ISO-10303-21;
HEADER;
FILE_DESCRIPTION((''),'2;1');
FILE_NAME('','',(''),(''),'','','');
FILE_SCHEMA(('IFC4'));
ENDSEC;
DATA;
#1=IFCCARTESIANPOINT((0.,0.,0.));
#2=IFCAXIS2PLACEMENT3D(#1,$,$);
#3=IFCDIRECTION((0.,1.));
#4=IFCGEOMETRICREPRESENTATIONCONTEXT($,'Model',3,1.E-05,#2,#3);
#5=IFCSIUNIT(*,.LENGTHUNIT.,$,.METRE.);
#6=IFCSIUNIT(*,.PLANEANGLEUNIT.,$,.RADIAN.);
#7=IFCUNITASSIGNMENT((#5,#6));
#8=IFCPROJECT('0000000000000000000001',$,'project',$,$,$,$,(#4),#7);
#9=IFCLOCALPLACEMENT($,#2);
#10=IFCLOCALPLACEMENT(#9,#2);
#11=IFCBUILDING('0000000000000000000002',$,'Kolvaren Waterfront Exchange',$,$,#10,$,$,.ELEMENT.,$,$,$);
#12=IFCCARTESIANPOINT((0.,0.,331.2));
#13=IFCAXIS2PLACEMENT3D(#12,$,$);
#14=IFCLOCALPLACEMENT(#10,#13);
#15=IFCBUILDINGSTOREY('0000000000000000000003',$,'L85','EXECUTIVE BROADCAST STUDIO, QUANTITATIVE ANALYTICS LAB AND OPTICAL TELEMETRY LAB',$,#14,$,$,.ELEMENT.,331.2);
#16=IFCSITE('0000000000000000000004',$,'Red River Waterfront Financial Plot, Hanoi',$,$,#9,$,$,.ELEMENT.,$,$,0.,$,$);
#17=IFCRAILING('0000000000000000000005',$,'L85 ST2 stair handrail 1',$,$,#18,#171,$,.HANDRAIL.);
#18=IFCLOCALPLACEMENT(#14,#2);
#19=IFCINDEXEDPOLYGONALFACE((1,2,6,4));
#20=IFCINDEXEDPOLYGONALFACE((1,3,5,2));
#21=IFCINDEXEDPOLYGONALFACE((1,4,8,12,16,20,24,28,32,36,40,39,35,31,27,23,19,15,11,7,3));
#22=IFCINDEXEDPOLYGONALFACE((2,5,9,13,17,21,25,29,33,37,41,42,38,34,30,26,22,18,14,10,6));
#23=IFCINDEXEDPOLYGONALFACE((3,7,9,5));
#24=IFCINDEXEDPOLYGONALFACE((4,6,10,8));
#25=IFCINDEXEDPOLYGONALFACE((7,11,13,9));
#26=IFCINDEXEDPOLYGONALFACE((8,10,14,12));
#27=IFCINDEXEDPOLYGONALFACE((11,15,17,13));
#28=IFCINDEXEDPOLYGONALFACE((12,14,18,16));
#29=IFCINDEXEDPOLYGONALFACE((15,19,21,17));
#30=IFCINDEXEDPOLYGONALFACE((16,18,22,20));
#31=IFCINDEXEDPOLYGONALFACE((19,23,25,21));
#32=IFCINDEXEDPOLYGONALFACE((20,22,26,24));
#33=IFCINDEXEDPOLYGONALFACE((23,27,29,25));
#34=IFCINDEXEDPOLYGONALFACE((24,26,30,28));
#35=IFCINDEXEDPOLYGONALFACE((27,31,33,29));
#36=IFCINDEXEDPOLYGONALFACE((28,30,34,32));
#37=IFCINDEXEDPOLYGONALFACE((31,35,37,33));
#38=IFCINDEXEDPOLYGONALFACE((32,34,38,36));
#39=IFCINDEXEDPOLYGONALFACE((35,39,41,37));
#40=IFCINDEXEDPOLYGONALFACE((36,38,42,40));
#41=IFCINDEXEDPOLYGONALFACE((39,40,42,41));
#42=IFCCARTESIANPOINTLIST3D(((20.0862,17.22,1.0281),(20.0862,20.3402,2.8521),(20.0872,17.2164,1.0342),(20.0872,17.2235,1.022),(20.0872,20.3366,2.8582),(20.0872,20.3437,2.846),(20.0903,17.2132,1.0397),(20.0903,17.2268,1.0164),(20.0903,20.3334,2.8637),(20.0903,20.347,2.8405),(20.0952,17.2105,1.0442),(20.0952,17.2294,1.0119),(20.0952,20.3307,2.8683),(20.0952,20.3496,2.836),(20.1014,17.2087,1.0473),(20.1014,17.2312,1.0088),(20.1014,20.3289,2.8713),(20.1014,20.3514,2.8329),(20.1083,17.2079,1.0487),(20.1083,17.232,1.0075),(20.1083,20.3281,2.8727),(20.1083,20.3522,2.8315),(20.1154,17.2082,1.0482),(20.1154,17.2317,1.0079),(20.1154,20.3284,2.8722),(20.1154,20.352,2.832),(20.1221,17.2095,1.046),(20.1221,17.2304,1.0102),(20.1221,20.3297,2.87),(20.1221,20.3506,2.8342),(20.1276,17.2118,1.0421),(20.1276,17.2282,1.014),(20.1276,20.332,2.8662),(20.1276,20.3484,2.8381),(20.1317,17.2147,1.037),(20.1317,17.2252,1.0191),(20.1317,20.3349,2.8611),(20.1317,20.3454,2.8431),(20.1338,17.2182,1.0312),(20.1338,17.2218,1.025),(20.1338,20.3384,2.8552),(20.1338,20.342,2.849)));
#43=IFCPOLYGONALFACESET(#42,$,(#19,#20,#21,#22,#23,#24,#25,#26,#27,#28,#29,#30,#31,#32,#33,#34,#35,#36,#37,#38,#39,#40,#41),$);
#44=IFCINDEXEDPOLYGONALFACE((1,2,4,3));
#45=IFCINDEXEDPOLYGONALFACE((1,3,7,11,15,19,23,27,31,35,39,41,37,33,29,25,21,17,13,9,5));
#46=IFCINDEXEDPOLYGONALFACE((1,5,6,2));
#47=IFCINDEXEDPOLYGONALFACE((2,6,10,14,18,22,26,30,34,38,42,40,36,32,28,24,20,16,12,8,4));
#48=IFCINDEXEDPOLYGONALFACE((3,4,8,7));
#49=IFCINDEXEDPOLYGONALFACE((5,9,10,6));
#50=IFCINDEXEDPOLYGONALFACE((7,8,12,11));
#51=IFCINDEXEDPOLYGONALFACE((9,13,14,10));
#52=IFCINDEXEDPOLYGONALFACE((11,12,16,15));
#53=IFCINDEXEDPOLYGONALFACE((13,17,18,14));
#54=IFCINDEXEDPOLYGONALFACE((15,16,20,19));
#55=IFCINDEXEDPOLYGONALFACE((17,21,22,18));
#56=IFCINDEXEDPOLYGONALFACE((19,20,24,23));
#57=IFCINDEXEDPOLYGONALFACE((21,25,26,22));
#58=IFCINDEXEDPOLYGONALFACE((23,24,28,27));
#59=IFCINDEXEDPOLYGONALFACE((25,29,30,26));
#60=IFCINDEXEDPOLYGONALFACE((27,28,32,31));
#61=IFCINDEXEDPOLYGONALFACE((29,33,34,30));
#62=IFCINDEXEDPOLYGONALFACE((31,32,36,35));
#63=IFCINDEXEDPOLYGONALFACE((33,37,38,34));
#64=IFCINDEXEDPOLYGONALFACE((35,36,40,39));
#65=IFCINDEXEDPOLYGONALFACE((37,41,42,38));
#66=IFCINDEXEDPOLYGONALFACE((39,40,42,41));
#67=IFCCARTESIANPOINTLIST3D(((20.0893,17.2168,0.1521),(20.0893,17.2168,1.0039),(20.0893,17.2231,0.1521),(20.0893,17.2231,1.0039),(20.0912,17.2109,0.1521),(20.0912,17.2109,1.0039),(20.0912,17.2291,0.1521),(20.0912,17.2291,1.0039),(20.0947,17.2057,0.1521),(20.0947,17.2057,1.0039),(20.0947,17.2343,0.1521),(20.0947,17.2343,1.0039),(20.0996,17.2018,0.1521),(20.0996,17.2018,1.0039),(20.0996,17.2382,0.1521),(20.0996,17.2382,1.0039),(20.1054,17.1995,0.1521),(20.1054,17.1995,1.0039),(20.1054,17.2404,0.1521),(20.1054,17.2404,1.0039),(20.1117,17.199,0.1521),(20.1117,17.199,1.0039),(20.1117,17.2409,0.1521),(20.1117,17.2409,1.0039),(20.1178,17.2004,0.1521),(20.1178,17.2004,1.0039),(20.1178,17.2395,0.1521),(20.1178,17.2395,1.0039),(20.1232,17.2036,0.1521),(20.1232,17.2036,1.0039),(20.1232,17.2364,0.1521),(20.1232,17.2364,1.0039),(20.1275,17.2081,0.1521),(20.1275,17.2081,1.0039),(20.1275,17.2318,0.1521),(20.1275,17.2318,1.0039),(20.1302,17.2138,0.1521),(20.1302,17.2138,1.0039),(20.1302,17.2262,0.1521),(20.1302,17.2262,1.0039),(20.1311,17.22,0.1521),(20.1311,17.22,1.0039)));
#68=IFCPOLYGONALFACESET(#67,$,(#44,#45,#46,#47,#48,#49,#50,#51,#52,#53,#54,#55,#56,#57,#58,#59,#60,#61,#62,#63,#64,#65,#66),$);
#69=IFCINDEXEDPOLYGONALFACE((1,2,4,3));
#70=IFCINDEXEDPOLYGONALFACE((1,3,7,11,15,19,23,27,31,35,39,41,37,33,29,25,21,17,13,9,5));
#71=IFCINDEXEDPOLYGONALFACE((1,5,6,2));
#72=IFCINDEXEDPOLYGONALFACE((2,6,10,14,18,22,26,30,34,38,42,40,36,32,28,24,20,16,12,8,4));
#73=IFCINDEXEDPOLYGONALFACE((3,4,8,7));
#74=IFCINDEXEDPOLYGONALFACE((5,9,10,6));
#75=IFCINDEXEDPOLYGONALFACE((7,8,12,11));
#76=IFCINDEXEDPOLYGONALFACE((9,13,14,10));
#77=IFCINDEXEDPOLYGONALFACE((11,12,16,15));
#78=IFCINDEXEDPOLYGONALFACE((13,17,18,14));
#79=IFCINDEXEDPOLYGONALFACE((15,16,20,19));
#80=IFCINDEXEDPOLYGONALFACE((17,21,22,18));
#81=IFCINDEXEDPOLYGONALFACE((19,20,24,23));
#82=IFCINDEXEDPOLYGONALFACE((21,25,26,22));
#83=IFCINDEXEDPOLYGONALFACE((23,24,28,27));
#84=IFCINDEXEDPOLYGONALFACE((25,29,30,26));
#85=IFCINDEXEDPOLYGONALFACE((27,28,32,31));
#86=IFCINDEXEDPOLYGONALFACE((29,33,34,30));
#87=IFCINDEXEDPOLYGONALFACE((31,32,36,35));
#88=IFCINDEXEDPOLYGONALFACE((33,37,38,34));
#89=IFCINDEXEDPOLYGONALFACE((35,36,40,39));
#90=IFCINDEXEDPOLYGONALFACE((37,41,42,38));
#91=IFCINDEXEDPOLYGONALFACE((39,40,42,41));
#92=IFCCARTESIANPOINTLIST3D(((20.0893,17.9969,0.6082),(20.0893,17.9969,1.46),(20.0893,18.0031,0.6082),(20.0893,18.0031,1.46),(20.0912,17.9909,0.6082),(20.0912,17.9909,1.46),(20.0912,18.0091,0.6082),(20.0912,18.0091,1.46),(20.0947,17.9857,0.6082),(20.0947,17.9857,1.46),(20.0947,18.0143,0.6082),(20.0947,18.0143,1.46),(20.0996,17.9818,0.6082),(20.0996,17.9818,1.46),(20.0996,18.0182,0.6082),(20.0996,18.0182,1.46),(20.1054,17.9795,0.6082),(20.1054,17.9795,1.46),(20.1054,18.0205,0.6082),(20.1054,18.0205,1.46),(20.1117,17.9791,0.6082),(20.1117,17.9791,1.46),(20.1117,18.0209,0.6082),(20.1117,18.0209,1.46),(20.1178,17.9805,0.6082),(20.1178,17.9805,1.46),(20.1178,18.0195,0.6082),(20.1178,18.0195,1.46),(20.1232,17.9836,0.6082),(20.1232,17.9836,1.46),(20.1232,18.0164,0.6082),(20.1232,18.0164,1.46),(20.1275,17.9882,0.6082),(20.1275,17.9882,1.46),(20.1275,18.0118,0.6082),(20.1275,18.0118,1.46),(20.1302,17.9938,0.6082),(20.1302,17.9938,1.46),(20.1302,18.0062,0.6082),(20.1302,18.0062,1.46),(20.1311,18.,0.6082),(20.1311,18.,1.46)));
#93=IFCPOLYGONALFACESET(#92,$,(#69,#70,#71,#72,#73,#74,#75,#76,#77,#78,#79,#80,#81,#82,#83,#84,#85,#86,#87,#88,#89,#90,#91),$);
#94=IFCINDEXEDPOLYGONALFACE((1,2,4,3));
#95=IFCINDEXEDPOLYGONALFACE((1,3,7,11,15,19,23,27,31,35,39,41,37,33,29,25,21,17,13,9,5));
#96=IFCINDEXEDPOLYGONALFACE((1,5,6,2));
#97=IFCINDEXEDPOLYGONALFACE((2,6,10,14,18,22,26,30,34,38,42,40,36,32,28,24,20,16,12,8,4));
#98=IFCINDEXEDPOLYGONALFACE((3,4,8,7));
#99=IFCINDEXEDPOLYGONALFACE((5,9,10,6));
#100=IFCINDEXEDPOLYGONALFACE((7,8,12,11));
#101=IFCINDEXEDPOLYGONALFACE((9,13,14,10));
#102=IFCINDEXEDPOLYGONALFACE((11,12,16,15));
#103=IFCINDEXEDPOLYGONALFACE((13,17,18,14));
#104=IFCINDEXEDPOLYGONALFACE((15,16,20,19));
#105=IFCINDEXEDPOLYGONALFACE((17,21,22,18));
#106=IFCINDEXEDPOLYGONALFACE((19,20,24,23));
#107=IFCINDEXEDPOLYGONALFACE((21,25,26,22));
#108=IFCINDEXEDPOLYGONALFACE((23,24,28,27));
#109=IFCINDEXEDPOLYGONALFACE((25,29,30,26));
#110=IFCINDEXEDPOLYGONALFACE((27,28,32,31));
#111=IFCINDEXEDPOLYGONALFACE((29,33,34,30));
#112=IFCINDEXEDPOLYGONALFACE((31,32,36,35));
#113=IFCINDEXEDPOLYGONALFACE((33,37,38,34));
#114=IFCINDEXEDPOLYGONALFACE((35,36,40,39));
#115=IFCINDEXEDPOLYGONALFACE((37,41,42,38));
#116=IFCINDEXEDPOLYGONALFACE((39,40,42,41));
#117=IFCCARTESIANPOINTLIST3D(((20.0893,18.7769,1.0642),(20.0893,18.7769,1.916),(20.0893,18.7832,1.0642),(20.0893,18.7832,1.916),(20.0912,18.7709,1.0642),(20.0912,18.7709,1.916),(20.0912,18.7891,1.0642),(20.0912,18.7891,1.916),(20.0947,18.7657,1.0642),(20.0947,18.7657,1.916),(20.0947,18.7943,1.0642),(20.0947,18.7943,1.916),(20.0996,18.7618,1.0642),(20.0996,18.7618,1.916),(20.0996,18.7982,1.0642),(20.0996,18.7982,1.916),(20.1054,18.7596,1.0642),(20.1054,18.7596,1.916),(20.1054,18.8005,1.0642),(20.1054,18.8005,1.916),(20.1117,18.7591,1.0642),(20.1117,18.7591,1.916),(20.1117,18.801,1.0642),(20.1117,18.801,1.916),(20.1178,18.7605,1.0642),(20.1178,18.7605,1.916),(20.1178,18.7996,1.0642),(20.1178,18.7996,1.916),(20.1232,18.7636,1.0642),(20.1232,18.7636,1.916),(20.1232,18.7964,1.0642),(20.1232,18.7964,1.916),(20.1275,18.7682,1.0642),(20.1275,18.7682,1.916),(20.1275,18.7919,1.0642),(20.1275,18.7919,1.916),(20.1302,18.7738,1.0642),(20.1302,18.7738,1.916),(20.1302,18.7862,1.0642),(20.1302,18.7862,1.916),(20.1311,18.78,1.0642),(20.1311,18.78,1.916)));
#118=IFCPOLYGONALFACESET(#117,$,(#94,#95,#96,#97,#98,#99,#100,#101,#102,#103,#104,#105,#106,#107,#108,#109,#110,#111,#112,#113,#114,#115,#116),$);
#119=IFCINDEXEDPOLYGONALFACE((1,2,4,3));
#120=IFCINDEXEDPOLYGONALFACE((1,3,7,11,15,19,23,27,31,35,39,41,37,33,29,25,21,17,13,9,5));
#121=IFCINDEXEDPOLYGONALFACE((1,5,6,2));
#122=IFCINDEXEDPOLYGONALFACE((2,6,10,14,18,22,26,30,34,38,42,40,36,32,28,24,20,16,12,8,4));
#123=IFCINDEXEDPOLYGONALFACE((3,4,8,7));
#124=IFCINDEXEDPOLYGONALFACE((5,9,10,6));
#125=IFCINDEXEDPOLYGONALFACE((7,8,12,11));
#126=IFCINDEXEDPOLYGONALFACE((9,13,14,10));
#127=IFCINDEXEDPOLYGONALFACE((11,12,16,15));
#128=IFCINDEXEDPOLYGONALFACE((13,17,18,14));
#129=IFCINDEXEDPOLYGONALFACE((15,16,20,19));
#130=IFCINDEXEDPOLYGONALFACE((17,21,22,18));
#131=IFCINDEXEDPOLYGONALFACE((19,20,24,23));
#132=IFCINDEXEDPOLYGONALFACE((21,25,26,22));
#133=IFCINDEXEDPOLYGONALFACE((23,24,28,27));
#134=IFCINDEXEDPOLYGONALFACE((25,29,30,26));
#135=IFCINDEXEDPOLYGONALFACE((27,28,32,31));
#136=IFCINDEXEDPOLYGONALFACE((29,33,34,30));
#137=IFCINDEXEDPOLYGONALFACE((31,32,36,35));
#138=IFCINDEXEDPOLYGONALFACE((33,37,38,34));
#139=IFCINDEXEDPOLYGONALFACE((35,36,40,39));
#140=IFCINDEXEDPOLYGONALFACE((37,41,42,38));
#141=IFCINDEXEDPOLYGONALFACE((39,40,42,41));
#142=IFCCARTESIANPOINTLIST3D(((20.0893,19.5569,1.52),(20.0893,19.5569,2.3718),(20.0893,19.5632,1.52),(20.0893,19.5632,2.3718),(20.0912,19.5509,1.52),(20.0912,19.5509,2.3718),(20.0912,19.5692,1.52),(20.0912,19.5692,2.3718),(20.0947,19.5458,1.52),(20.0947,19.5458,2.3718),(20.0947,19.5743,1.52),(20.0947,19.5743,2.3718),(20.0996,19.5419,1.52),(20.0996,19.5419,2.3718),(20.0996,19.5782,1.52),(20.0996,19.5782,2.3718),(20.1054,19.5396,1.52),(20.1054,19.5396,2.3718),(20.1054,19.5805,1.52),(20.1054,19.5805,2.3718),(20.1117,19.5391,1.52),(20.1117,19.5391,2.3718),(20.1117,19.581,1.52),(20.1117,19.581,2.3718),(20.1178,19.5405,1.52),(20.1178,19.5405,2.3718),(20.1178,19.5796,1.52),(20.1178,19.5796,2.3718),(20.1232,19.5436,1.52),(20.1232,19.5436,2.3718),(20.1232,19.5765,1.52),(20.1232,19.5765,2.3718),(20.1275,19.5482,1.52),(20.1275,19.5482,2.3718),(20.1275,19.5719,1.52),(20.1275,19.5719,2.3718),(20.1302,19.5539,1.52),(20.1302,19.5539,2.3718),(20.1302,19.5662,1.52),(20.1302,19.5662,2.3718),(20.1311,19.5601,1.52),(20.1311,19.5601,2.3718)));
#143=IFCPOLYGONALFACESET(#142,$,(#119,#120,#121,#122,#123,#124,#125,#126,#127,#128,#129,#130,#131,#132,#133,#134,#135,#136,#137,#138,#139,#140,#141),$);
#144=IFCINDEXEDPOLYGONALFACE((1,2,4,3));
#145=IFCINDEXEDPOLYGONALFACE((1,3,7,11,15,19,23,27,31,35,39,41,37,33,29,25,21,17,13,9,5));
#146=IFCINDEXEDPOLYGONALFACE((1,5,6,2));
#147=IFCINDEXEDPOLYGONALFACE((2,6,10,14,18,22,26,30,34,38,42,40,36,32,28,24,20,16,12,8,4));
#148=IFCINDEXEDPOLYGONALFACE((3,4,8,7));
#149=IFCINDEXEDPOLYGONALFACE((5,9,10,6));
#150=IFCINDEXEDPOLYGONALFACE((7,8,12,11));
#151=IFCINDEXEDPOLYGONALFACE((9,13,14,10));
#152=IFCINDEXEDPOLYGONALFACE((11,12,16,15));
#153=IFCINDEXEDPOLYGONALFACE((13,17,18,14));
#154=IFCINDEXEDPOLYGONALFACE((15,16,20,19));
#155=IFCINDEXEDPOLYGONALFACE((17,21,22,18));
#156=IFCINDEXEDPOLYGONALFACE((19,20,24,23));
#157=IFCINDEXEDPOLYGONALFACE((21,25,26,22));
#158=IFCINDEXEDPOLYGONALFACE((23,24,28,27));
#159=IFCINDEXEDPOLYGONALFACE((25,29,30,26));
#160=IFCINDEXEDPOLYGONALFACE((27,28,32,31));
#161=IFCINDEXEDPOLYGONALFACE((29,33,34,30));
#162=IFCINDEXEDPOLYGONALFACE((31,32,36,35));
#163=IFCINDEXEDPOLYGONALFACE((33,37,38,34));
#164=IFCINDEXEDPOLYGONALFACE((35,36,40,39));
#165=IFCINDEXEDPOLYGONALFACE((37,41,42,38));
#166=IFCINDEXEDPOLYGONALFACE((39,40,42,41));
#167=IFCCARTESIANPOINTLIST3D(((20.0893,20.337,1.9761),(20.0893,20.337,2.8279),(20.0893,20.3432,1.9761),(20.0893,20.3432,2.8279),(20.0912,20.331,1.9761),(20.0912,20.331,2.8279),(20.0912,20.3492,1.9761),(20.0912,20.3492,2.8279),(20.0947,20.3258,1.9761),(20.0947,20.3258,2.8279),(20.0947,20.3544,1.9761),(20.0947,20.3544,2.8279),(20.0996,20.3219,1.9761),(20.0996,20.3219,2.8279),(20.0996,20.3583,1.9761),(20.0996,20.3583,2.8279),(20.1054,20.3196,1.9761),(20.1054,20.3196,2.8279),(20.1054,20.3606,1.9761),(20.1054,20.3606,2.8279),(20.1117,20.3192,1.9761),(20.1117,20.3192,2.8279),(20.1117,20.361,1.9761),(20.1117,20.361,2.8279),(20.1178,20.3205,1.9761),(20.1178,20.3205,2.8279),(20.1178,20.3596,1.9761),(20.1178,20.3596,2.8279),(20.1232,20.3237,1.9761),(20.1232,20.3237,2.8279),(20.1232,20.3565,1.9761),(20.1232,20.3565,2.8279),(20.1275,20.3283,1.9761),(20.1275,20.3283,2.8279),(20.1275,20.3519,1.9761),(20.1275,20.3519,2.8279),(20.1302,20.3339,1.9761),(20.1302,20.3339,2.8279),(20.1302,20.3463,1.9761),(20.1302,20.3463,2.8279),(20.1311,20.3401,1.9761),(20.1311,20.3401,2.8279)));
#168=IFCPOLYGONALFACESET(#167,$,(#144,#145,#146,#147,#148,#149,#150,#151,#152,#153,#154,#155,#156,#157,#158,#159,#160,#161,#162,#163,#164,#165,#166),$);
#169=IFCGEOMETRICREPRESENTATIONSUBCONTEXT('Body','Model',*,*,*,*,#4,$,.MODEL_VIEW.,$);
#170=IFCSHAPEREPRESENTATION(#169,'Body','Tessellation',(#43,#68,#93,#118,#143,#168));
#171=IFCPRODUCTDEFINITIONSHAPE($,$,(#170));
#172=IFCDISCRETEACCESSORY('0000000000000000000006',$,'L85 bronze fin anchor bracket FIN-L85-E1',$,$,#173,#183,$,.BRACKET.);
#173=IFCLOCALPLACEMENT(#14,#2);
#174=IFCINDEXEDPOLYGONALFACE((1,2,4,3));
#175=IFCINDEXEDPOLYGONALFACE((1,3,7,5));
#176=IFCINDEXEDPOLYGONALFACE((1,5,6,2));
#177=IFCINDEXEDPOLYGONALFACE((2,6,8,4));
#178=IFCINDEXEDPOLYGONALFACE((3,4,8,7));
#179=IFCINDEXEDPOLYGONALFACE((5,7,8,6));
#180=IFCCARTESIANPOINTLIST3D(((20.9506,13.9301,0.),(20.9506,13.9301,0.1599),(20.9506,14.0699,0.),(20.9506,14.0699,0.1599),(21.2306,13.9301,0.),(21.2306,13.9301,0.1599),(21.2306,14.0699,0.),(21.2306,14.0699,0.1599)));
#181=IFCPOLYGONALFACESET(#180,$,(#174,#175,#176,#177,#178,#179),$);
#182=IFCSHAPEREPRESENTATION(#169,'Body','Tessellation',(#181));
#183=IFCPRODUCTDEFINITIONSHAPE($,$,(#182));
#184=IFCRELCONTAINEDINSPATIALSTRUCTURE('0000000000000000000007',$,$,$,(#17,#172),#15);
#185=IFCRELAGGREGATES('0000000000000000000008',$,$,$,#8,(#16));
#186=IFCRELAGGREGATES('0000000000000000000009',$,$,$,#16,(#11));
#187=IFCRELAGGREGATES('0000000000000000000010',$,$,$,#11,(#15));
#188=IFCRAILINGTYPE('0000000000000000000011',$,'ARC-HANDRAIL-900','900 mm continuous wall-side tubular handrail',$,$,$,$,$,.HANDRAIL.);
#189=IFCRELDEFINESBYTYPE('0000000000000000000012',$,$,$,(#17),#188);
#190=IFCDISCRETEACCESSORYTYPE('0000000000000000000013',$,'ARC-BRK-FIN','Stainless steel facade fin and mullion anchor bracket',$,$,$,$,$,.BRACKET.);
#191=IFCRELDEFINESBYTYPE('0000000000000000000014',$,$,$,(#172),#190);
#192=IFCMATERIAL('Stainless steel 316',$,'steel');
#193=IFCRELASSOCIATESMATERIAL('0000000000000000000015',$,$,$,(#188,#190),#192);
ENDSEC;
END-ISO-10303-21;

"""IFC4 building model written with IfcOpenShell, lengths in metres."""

from ifc_helpers import new_model, si_unit, direction, frame, origin, origin_with_axes, origin_2d, place, context, subcontext, project, spatial, rectangle, circle, extrude, source, transform, mapped, material, type_object, element, save


model = new_model("IFC4")

# Units and contexts
model_context = context("Model", 3, precision=1e-05, world=origin(), true_north=direction((0.0, 1.0)))
body_context = subcontext(model_context, "Body", "Model", "MODEL_VIEW")
ifc_project = project(units=[si_unit("LENGTHUNIT", "METRE"), si_unit("PLANEANGLEUNIT", "RADIAN")], contexts=[model_context])

# Site, building, storey
site_placement = place(None, origin())
site = spatial("IfcSite", under=ifc_project, at=site_placement, Name="Red River Waterfront Financial Plot, Hanoi", CompositionType="ELEMENT", RefElevation=0.0)
building_placement = place(site_placement, origin())
building = spatial("IfcBuilding", under=site, at=building_placement, Name="Kolvaren Waterfront Exchange", CompositionType="ELEMENT")
storey_placement = place(building_placement, frame((0.0, 0.0, 331.2)))
storey = spatial("IfcBuildingStorey", under=building, at=storey_placement, Name="L85", Description="EXECUTIVE BROADCAST STUDIO, QUANTITATIVE ANALYTICS LAB AND OPTICAL TELEMETRY LAB", CompositionType="ELEMENT", Elevation=331.2)

# Railing
ifc_material_1 = material(Name="Stainless steel 316", Category="steel")
railing_type_1 = type_object("IfcRailingType", Name="ARC-HANDRAIL-900", Description="900 mm continuous wall-side tubular handrail", PredefinedType="HANDRAIL", material=ifc_material_1)
railing_1_placement = place(storey_placement, frame((20.1101, 17.22, 0.1521)))
element("IfcRailing", 1, at=railing_1_placement, inside=storey, type_object=railing_type_1, Name="L85 ST2 stair handrail 1", PredefinedType="HANDRAIL", context=body_context, shape_type="SweptSolid", body=[
    extrude(circle(Radius=0.0239, at=origin_2d()), frame((0.0, 0.0, 0.876), z_axis=(0.0, 0.863308, 0.504677), x_axis=(-1.0, 0.0, 0.0)), (0.0, 0.0, 1.0), 3.6143),
    extrude(circle(Radius=0.021, at=origin_2d()), origin(), (0.0, 0.0, 1.0), 0.8518),
    extrude(circle(Radius=0.021, at=origin_2d()), frame((0.0, 0.78, 0.4561)), (0.0, 0.0, 1.0), 0.8518),
    extrude(circle(Radius=0.021, at=origin_2d()), frame((0.0, 1.5601, 0.9121)), (0.0, 0.0, 1.0), 0.8518),
    extrude(circle(Radius=0.021, at=origin_2d()), frame((0.0, 2.3401, 1.3679)), (0.0, 0.0, 1.0), 0.8518),
    extrude(circle(Radius=0.021, at=origin_2d()), frame((0.0, 3.1201, 1.824)), (0.0, 0.0, 1.0), 0.8518),
])

# Discrete accessory
discrete_accessory_type = type_object("IfcDiscreteAccessoryType", Name="ARC-BRK-FIN", Description="Stainless steel facade fin and mullion anchor bracket", PredefinedType="BRACKET", material=ifc_material_1)
shared_shape = source(origin_with_axes(), body_context, "Body", "SweptSolid", [
    extrude(rectangle(XDim=0.28, YDim=0.1399, at=origin_2d()), origin(), (0.0, 0.0, 1.0), 0.1599),
])
discrete_accessory_placement = place(storey_placement, frame((21.0906, 14.0, 0.0), z_axis=(0.0, 0.0, 1.0), x_axis=(1.0, 0.0, 0.0)))
element("IfcDiscreteAccessory", 2, at=discrete_accessory_placement, inside=storey, type_object=discrete_accessory_type, Name="L85 bronze fin anchor bracket FIN-L85-E1", PredefinedType="BRACKET", context=body_context, shape_type="MappedRepresentation", body=[
    mapped(shared_shape, transform((0.0, 0.0, 0.0), x_axis=(1.0, 0.0, 0.0), y_axis=(0.0, 1.0, 0.0), z_axis=(0.0, 0.0, 1.0), scale=1.0)),
])

save(model, "model.ifc")
